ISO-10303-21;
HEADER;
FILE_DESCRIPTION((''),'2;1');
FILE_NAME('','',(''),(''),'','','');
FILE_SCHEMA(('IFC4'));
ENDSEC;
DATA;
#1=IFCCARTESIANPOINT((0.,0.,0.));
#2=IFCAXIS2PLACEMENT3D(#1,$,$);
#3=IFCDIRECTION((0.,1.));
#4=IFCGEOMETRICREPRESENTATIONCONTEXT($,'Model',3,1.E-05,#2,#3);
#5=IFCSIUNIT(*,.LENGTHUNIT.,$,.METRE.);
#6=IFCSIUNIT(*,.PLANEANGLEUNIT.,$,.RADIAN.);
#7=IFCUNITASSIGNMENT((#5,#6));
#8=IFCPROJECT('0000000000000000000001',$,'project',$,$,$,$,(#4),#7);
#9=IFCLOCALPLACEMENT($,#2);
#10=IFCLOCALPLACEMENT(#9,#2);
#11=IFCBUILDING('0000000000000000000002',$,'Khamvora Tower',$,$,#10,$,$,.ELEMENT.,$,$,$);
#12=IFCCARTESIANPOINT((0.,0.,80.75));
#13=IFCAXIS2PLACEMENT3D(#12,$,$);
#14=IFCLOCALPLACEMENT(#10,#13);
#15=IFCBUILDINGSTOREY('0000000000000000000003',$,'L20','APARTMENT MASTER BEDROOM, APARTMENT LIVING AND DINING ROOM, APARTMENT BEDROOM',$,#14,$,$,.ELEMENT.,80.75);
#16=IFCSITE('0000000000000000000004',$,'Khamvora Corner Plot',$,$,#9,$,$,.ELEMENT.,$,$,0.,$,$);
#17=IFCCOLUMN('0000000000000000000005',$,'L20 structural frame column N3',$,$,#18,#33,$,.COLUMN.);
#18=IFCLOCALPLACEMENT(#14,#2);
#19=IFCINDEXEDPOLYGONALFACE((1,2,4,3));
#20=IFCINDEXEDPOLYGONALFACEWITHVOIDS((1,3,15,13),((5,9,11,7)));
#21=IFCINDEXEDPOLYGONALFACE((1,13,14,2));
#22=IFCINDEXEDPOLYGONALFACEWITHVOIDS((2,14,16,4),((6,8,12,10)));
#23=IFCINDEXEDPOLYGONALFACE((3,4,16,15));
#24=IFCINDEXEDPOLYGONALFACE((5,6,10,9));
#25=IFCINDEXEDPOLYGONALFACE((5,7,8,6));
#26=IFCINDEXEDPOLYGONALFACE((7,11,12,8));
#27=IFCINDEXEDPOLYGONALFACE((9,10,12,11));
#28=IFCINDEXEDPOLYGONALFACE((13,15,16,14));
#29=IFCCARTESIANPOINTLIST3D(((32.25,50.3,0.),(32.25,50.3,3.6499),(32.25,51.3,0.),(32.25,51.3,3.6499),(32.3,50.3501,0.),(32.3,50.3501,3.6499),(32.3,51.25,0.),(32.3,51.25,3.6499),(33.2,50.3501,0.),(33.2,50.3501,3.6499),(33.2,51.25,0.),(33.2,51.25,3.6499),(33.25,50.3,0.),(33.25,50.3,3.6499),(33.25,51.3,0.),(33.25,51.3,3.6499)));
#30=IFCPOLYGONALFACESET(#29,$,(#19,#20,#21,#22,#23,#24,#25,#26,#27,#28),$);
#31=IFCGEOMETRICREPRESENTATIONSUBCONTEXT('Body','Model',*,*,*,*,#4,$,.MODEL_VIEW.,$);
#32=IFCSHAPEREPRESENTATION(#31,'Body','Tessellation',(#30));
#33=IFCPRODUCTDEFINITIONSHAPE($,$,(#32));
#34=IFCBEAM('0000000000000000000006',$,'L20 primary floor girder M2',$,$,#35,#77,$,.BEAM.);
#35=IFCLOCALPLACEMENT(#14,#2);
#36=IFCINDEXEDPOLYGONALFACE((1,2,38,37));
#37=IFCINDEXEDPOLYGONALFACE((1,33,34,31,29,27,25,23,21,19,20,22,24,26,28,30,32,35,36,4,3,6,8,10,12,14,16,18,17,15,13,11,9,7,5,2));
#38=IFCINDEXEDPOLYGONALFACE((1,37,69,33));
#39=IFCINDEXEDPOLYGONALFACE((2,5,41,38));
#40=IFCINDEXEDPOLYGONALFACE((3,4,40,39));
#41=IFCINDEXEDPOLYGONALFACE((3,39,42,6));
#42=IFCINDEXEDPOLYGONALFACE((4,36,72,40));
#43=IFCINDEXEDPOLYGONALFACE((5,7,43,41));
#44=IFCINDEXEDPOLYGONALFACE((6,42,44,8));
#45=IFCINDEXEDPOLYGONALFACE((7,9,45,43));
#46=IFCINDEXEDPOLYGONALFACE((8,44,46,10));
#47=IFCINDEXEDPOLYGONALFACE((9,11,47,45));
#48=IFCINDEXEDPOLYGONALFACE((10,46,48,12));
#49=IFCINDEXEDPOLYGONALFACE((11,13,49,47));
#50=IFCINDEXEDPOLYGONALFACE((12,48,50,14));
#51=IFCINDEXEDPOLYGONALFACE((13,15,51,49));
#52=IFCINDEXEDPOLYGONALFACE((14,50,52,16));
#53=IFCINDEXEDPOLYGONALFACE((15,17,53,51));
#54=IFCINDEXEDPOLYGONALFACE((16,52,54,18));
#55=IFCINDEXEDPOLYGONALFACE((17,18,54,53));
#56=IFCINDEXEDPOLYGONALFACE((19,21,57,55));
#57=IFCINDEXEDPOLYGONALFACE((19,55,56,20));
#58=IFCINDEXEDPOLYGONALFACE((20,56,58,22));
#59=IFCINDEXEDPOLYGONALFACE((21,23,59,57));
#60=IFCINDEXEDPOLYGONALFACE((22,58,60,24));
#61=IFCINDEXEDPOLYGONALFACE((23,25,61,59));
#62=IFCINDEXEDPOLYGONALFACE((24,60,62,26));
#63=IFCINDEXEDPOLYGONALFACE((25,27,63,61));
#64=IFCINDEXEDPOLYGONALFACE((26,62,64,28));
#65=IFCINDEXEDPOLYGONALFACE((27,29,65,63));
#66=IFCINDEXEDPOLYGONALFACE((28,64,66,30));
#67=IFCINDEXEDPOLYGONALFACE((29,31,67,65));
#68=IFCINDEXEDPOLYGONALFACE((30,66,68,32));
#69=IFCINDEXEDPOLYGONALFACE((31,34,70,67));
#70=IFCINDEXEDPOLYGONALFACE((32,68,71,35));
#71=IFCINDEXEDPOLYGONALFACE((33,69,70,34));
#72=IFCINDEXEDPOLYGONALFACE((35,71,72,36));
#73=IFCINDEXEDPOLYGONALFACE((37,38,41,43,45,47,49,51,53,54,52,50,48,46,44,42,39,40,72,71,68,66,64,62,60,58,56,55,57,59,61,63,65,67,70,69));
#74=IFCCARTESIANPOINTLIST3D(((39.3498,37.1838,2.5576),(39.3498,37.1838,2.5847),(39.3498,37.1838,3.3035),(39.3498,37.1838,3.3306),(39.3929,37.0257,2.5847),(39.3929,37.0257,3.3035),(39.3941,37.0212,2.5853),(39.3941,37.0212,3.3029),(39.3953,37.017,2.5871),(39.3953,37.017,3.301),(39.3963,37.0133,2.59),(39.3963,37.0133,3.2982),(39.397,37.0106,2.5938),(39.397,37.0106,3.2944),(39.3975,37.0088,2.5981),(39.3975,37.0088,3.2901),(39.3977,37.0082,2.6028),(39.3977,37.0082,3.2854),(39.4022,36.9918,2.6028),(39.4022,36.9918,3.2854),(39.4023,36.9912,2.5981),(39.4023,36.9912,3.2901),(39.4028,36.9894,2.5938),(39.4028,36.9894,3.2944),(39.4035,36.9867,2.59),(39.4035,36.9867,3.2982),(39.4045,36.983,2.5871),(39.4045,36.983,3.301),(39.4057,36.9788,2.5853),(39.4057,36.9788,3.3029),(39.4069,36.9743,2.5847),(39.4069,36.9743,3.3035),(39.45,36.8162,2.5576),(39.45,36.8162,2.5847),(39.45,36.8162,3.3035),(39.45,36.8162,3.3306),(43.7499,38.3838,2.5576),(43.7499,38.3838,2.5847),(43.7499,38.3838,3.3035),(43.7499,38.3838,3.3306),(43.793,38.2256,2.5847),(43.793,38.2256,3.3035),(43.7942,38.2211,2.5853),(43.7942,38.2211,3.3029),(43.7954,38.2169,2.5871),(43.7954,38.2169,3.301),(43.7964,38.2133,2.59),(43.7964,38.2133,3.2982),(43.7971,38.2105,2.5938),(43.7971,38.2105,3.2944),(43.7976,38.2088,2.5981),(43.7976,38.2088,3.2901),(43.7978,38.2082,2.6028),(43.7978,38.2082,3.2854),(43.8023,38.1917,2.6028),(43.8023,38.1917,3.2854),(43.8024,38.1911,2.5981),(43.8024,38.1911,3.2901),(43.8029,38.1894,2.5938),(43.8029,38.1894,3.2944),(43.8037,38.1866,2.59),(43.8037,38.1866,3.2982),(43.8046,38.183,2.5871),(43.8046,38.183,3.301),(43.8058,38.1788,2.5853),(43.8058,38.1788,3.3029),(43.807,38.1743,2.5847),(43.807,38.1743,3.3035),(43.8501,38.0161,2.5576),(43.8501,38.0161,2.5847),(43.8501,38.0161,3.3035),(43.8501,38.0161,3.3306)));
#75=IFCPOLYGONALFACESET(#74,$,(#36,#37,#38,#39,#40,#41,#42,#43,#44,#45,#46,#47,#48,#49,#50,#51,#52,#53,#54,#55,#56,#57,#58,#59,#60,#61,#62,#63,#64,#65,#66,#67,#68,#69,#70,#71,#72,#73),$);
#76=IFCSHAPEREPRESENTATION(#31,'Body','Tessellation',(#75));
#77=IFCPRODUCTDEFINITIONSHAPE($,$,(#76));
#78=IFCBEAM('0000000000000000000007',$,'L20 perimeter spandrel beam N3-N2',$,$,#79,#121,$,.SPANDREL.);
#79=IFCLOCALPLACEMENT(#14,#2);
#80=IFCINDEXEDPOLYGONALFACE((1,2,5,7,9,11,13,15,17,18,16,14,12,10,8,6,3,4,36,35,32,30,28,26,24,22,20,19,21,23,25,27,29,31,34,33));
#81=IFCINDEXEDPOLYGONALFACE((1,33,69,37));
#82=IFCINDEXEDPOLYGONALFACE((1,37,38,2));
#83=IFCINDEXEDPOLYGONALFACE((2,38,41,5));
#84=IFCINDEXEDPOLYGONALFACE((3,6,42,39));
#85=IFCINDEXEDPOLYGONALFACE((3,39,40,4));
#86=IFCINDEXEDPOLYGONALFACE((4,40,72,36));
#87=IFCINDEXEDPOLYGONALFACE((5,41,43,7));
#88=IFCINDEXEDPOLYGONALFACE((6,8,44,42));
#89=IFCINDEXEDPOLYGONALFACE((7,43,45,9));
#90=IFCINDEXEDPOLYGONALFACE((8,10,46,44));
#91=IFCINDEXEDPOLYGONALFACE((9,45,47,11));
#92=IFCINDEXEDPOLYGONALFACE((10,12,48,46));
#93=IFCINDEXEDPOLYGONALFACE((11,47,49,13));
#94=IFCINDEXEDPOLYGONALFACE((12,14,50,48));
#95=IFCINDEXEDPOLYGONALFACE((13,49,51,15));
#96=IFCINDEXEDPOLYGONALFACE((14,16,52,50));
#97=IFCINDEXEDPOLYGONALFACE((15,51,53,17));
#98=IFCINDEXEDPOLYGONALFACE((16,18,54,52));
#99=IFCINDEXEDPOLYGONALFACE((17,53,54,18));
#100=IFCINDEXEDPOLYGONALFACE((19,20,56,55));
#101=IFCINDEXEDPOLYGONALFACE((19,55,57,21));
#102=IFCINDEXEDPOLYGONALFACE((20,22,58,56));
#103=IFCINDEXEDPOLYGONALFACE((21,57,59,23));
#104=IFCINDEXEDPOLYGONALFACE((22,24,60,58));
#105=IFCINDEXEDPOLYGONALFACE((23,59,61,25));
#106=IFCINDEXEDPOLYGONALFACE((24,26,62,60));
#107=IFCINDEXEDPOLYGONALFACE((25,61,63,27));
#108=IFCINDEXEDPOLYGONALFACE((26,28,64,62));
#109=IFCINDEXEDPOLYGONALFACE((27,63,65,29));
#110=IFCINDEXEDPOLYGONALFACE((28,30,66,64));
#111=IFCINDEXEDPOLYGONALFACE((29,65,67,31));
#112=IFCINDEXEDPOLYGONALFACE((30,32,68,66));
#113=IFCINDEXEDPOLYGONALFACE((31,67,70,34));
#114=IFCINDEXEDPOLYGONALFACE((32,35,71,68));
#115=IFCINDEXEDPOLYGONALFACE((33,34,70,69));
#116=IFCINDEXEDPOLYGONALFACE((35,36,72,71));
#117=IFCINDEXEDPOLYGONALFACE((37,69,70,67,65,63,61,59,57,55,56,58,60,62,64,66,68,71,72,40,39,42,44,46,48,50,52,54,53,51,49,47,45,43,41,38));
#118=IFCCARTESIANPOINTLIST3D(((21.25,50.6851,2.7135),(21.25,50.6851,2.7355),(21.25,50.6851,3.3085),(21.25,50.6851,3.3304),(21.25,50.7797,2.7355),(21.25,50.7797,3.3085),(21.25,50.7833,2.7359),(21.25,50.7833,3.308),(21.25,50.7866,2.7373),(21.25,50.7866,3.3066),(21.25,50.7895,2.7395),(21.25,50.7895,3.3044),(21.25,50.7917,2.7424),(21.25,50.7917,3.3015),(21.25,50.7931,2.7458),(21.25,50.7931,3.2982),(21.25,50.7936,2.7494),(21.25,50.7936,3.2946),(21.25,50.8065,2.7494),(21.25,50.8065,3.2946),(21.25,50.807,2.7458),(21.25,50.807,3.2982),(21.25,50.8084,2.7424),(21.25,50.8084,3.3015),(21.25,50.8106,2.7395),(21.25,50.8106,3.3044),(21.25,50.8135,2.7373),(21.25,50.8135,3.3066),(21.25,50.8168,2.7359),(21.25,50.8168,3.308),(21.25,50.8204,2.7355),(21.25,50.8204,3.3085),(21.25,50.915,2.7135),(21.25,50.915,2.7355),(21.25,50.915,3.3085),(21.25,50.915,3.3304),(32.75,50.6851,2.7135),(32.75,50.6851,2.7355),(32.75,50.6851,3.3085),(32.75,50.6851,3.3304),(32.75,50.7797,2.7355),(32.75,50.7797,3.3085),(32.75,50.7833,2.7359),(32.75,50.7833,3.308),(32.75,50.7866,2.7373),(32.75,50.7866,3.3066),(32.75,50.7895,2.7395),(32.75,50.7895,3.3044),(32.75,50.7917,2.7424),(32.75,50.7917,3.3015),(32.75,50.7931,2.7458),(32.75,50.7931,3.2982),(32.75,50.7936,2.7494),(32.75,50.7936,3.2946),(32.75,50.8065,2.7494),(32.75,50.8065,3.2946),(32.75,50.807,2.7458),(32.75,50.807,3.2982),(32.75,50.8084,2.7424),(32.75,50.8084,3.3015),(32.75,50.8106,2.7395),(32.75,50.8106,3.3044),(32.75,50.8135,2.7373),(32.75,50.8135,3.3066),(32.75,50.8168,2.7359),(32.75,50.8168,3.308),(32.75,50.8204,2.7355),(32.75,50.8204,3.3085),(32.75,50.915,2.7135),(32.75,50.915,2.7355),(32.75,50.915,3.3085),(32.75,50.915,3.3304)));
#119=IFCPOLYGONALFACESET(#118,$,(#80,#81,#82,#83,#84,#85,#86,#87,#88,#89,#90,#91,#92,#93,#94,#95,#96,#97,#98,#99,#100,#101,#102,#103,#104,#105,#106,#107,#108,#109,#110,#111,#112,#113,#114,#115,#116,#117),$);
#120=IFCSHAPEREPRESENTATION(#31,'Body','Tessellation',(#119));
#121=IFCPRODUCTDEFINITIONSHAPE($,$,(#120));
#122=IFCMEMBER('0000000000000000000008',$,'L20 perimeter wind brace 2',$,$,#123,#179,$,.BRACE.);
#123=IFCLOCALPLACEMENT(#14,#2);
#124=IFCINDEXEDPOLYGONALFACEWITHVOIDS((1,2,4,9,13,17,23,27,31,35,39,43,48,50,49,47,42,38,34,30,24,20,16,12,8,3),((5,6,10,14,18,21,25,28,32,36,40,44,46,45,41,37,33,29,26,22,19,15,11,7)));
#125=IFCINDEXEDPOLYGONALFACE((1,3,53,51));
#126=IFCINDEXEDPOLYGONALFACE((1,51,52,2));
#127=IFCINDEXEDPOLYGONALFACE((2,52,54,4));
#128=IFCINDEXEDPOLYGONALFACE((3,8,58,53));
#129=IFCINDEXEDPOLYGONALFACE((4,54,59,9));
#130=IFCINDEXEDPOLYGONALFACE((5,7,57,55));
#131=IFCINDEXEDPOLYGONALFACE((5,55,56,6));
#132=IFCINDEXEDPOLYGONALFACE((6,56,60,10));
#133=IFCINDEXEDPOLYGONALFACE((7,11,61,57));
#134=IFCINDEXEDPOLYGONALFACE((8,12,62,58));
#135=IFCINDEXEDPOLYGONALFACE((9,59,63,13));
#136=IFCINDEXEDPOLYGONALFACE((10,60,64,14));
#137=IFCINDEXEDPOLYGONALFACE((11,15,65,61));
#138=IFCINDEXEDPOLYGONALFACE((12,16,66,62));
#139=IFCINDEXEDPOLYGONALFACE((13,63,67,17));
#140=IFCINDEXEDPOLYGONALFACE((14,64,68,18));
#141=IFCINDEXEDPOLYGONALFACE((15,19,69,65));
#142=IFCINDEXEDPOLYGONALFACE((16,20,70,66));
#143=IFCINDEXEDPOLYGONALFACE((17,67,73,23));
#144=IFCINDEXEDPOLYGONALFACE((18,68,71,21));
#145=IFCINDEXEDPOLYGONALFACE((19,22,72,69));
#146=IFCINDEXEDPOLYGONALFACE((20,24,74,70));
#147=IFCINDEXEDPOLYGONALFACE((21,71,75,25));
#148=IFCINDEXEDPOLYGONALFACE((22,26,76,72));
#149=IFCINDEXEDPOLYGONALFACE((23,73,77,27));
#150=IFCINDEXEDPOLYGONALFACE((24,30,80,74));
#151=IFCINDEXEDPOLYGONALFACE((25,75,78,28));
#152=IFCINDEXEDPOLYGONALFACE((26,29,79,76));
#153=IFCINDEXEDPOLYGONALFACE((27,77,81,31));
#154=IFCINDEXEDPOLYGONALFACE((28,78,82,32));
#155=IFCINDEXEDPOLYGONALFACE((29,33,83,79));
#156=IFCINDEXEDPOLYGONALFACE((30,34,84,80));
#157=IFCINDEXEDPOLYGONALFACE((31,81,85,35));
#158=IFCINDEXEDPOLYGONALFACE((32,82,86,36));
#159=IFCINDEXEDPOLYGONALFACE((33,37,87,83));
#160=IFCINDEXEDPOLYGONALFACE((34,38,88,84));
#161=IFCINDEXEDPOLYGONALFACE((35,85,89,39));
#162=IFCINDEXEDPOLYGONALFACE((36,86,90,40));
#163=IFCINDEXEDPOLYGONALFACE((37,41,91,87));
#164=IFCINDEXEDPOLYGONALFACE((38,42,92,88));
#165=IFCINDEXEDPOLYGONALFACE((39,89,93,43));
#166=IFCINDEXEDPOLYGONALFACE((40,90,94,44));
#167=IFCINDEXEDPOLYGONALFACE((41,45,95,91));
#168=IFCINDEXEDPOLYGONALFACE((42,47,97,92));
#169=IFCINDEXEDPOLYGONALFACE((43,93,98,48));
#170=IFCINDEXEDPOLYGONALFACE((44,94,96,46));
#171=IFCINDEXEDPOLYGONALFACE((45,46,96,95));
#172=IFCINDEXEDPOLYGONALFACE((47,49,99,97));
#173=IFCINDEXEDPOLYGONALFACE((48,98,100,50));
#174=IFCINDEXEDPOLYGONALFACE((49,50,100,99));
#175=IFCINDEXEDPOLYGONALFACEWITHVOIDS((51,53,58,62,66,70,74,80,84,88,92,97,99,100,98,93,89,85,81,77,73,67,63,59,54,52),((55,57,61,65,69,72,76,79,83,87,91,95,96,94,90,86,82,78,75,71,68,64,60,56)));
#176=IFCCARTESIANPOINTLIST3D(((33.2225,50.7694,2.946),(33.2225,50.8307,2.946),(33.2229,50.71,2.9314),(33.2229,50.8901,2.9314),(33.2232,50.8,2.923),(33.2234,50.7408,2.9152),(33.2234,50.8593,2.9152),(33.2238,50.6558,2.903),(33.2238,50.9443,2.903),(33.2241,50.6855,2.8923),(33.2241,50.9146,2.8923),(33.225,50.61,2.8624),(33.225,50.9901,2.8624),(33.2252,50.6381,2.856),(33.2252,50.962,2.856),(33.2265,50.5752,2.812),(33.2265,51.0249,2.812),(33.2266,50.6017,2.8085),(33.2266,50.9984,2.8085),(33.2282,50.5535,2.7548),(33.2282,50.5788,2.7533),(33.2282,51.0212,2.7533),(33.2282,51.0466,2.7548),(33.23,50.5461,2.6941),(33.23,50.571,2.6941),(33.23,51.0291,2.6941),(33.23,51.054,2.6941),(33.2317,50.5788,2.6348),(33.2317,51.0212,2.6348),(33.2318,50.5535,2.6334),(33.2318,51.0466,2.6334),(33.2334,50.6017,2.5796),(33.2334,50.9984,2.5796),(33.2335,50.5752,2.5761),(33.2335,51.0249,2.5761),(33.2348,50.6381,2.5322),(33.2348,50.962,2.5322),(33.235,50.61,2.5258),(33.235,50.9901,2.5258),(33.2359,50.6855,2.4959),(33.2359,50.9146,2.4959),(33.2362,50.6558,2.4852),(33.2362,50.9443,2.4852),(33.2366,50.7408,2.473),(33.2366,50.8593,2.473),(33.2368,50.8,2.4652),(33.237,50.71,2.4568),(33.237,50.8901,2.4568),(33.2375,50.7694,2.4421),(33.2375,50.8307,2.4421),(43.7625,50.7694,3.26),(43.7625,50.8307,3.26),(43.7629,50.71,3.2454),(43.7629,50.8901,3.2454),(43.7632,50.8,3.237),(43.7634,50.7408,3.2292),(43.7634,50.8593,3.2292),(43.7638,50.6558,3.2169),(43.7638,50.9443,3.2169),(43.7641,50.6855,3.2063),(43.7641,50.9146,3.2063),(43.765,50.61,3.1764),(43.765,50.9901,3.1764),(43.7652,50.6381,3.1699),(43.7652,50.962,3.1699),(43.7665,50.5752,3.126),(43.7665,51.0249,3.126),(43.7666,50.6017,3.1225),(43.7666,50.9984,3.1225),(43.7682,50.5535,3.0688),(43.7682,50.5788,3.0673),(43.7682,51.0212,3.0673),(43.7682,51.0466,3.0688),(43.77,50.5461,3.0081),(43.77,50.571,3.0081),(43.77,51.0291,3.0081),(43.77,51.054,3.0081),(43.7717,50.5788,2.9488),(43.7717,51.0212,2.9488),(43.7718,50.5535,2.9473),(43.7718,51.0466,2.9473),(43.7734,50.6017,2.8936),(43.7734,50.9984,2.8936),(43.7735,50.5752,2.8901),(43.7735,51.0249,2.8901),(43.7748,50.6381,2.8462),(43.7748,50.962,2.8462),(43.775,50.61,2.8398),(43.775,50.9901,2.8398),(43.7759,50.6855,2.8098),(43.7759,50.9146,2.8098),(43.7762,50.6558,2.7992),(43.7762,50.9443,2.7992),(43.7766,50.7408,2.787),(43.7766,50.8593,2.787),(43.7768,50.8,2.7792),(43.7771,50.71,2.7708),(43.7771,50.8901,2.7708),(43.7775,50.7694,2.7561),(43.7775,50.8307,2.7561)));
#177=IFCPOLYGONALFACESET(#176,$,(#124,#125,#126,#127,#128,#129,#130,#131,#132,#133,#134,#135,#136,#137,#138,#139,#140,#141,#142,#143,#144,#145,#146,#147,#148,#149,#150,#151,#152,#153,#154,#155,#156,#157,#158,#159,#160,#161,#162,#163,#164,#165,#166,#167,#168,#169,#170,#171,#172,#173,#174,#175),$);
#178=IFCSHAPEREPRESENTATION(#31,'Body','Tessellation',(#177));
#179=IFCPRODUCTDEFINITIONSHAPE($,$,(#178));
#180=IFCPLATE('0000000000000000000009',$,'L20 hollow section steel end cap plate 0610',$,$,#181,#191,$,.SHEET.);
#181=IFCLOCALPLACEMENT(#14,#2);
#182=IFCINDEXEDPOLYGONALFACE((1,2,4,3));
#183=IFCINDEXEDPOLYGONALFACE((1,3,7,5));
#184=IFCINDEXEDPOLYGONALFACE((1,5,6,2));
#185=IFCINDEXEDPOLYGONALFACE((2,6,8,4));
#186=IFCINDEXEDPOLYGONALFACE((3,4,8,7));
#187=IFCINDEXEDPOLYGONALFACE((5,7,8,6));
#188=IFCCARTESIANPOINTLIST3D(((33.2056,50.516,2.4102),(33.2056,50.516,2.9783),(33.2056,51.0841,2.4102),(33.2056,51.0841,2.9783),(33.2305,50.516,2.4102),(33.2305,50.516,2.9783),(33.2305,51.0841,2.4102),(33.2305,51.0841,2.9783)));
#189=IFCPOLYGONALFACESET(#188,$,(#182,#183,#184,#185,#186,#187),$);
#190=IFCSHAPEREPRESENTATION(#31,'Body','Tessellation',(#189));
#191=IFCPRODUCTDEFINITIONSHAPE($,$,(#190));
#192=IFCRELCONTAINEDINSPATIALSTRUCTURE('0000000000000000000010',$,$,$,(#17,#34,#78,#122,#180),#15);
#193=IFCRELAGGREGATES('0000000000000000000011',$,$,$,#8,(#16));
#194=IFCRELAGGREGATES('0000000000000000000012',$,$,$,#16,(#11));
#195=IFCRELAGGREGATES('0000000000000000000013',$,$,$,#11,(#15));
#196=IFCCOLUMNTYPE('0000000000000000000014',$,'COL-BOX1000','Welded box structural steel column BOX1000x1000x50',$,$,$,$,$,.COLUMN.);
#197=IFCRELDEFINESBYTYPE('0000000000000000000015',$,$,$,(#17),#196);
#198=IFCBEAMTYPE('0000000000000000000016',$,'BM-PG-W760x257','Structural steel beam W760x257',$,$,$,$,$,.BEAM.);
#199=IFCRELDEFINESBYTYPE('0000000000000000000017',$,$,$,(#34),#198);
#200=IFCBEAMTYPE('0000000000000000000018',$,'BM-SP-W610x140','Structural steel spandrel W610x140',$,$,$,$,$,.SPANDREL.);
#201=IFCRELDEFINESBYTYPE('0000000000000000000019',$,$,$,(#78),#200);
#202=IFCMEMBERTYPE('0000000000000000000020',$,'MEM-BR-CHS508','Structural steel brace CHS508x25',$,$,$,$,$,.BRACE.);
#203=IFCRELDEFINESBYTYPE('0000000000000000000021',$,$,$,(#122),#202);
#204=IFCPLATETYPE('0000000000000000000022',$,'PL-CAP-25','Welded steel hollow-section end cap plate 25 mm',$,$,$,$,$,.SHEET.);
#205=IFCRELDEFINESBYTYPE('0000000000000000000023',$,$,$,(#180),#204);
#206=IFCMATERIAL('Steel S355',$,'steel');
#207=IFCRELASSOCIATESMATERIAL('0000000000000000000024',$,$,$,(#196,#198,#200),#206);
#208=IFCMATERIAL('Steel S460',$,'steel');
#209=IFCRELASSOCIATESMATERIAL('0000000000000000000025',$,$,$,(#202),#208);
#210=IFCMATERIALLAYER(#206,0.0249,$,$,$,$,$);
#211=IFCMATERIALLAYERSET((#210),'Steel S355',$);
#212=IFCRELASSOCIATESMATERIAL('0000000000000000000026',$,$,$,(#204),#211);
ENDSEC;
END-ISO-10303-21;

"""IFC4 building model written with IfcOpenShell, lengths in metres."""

from ifc_helpers import new_model, si_unit, direction, frame, origin, origin_2d, place, context, subcontext, project, spatial, rectangle, hollow_rectangle, hollow_circle, i_section, extrude, material, layer, layer_set, material_profile, profile_set, type_object, element, save


model = new_model("IFC4")

# Units and contexts
model_context = context("Model", 3, precision=1e-05, world=origin(), true_north=direction((0.0, 1.0)))
body_context = subcontext(model_context, "Body", "Model", "MODEL_VIEW")
ifc_project = project(units=[si_unit("LENGTHUNIT", "METRE"), si_unit("PLANEANGLEUNIT", "RADIAN")], contexts=[model_context])

# Site, building, storey
site_placement = place(None, origin())
site = spatial("IfcSite", under=ifc_project, at=site_placement, Name="Khamvora Corner Plot", CompositionType="ELEMENT", RefElevation=0.0)
building_placement = place(site_placement, origin())
building = spatial("IfcBuilding", under=site, at=building_placement, Name="Khamvora Tower", CompositionType="ELEMENT")
storey_placement = place(building_placement, frame((0.0, 0.0, 80.75)))
storey = spatial("IfcBuildingStorey", under=building, at=storey_placement, Name="L20", Description="APARTMENT MASTER BEDROOM, APARTMENT LIVING AND DINING ROOM, APARTMENT BEDROOM", CompositionType="ELEMENT", Elevation=80.75)

# Column
ifc_material_1 = material(Name="Steel S355", Category="steel")
ifc_material_profile_1 = material_profile(ifc_material_1, hollow_rectangle(XDim=1.0, YDim=1.0, WallThickness=0.05, at=origin_2d()), Name="BOX1000x1000x50")
ifc_profile_set_1 = profile_set([ifc_material_profile_1], Name="Steel S355")
column_type = type_object("IfcColumnType", Name="COL-BOX1000", Description="Welded box structural steel column BOX1000x1000x50", PredefinedType="COLUMN", material=ifc_profile_set_1)
column_placement = place(storey_placement, frame((32.75, 50.8, 0.0), z_axis=(0.0, 0.0, 1.0), x_axis=(1.0, 0.0, 0.0)))
element("IfcColumn", 1, at=column_placement, inside=storey, type_object=column_type, Name="L20 structural frame column N3", PredefinedType="COLUMN", context=body_context, shape_type="SweptSolid", body=[
    extrude(hollow_rectangle(XDim=1.0, YDim=1.0, WallThickness=0.05, at=origin_2d()), origin(), (0.0, 0.0, 1.0), 3.6499),
])

# Beams
ifc_material_profile_2 = material_profile(ifc_material_1, i_section(OverallWidth=0.3811, OverallDepth=0.7729, WebThickness=0.0171, FlangeThickness=0.0271, FilletRadius=0.0181, at=origin_2d()), Name="W760x257")
ifc_profile_set_2 = profile_set([ifc_material_profile_2], Name="Steel S355")
beam_type_1 = type_object("IfcBeamType", Name="BM-PG-W760x257", Description="Structural steel beam W760x257", PredefinedType="BEAM", material=ifc_profile_set_2)
beam_1_placement = place(storey_placement, frame((39.3999, 37.0, 2.9441), z_axis=(0.964769, 0.263099, 0.0), x_axis=(-0.263099, 0.964769, 0.0)))
element("IfcBeam", 2, at=beam_1_placement, inside=storey, type_object=beam_type_1, Name="L20 primary floor girder M2", PredefinedType="BEAM", context=body_context, shape_type="SweptSolid", body=[
    extrude(i_section(OverallWidth=0.3811, OverallDepth=0.7729, WebThickness=0.0171, FlangeThickness=0.0271, FilletRadius=0.0181, at=origin_2d()), origin(), (0.0, 0.0, 1.0), 4.5608),
])
ifc_material_profile_3 = material_profile(ifc_material_1, i_section(OverallWidth=0.23, OverallDepth=0.6169, WebThickness=0.0129, FlangeThickness=0.022, FilletRadius=0.0139, at=origin_2d()), Name="W610x140")
ifc_profile_set_3 = profile_set([ifc_material_profile_3], Name="Steel S355")
beam_type_2 = type_object("IfcBeamType", Name="BM-SP-W610x140", Description="Structural steel spandrel W610x140", PredefinedType="SPANDREL", material=ifc_profile_set_3)
beam_2_placement = place(storey_placement, frame((32.75, 50.8, 3.022), z_axis=(-1.0, 0.0, 0.0), x_axis=(0.0, -1.0, 0.0)))
element("IfcBeam", 3, at=beam_2_placement, inside=storey, type_object=beam_type_2, Name="L20 perimeter spandrel beam N3-N2", PredefinedType="SPANDREL", context=body_context, shape_type="SweptSolid", body=[
    extrude(i_section(OverallWidth=0.23, OverallDepth=0.6169, WebThickness=0.0129, FlangeThickness=0.022, FilletRadius=0.0139, at=origin_2d()), origin(), (0.0, 0.0, 1.0), 11.5),
])

# Member
ifc_material_2 = material(Name="Steel S460", Category="steel")
ifc_material_profile_4 = material_profile(ifc_material_2, hollow_circle(Radius=0.2539, WallThickness=0.0249, at=origin_2d()), Name="CHS508x25")
ifc_profile_set_4 = profile_set([ifc_material_profile_4], Name="Steel S460")
member_type = type_object("IfcMemberType", Name="MEM-BR-CHS508", Description="Structural steel brace CHS508x25", PredefinedType="BRACE", material=ifc_profile_set_4)
member_placement = place(storey_placement, frame((33.23, 50.8, 2.6941), z_axis=(0.999557, 0.0, 0.029775), x_axis=(0.0, 1.0, 0.0)))
element("IfcMember", 4, at=member_placement, inside=storey, type_object=member_type, Name="L20 perimeter wind brace 2", PredefinedType="BRACE", context=body_context, shape_type="SweptSolid", body=[
    extrude(hollow_circle(Radius=0.2539, WallThickness=0.0249, at=origin_2d()), origin(), (0.0, 0.0, 1.0), 10.5447),
])

# Plate
ifc_layer_1 = layer(ifc_material_1, 0.0249)
ifc_layer_set_1 = layer_set([ifc_layer_1], Name="Steel S355")
plate_type_1 = type_object("IfcPlateType", Name="PL-CAP-25", Description="Welded steel hollow-section end cap plate 25 mm", PredefinedType="SHEET", material=ifc_layer_set_1)
plate_1_placement = place(storey_placement, frame((33.218, 50.8, 2.4102), z_axis=(0.0, 0.0, 1.0), x_axis=(1.0, 0.0, 0.0)))
element("IfcPlate", 5, at=plate_1_placement, inside=storey, type_object=plate_type_1, Name="L20 hollow section steel end cap plate 0610", PredefinedType="SHEET", context=body_context, shape_type="SweptSolid", body=[
    extrude(rectangle(XDim=0.0249, YDim=0.5681, at=origin_2d()), origin(), (0.0, 0.0, 1.0), 0.5681),
])

save(model, "model.ifc")
